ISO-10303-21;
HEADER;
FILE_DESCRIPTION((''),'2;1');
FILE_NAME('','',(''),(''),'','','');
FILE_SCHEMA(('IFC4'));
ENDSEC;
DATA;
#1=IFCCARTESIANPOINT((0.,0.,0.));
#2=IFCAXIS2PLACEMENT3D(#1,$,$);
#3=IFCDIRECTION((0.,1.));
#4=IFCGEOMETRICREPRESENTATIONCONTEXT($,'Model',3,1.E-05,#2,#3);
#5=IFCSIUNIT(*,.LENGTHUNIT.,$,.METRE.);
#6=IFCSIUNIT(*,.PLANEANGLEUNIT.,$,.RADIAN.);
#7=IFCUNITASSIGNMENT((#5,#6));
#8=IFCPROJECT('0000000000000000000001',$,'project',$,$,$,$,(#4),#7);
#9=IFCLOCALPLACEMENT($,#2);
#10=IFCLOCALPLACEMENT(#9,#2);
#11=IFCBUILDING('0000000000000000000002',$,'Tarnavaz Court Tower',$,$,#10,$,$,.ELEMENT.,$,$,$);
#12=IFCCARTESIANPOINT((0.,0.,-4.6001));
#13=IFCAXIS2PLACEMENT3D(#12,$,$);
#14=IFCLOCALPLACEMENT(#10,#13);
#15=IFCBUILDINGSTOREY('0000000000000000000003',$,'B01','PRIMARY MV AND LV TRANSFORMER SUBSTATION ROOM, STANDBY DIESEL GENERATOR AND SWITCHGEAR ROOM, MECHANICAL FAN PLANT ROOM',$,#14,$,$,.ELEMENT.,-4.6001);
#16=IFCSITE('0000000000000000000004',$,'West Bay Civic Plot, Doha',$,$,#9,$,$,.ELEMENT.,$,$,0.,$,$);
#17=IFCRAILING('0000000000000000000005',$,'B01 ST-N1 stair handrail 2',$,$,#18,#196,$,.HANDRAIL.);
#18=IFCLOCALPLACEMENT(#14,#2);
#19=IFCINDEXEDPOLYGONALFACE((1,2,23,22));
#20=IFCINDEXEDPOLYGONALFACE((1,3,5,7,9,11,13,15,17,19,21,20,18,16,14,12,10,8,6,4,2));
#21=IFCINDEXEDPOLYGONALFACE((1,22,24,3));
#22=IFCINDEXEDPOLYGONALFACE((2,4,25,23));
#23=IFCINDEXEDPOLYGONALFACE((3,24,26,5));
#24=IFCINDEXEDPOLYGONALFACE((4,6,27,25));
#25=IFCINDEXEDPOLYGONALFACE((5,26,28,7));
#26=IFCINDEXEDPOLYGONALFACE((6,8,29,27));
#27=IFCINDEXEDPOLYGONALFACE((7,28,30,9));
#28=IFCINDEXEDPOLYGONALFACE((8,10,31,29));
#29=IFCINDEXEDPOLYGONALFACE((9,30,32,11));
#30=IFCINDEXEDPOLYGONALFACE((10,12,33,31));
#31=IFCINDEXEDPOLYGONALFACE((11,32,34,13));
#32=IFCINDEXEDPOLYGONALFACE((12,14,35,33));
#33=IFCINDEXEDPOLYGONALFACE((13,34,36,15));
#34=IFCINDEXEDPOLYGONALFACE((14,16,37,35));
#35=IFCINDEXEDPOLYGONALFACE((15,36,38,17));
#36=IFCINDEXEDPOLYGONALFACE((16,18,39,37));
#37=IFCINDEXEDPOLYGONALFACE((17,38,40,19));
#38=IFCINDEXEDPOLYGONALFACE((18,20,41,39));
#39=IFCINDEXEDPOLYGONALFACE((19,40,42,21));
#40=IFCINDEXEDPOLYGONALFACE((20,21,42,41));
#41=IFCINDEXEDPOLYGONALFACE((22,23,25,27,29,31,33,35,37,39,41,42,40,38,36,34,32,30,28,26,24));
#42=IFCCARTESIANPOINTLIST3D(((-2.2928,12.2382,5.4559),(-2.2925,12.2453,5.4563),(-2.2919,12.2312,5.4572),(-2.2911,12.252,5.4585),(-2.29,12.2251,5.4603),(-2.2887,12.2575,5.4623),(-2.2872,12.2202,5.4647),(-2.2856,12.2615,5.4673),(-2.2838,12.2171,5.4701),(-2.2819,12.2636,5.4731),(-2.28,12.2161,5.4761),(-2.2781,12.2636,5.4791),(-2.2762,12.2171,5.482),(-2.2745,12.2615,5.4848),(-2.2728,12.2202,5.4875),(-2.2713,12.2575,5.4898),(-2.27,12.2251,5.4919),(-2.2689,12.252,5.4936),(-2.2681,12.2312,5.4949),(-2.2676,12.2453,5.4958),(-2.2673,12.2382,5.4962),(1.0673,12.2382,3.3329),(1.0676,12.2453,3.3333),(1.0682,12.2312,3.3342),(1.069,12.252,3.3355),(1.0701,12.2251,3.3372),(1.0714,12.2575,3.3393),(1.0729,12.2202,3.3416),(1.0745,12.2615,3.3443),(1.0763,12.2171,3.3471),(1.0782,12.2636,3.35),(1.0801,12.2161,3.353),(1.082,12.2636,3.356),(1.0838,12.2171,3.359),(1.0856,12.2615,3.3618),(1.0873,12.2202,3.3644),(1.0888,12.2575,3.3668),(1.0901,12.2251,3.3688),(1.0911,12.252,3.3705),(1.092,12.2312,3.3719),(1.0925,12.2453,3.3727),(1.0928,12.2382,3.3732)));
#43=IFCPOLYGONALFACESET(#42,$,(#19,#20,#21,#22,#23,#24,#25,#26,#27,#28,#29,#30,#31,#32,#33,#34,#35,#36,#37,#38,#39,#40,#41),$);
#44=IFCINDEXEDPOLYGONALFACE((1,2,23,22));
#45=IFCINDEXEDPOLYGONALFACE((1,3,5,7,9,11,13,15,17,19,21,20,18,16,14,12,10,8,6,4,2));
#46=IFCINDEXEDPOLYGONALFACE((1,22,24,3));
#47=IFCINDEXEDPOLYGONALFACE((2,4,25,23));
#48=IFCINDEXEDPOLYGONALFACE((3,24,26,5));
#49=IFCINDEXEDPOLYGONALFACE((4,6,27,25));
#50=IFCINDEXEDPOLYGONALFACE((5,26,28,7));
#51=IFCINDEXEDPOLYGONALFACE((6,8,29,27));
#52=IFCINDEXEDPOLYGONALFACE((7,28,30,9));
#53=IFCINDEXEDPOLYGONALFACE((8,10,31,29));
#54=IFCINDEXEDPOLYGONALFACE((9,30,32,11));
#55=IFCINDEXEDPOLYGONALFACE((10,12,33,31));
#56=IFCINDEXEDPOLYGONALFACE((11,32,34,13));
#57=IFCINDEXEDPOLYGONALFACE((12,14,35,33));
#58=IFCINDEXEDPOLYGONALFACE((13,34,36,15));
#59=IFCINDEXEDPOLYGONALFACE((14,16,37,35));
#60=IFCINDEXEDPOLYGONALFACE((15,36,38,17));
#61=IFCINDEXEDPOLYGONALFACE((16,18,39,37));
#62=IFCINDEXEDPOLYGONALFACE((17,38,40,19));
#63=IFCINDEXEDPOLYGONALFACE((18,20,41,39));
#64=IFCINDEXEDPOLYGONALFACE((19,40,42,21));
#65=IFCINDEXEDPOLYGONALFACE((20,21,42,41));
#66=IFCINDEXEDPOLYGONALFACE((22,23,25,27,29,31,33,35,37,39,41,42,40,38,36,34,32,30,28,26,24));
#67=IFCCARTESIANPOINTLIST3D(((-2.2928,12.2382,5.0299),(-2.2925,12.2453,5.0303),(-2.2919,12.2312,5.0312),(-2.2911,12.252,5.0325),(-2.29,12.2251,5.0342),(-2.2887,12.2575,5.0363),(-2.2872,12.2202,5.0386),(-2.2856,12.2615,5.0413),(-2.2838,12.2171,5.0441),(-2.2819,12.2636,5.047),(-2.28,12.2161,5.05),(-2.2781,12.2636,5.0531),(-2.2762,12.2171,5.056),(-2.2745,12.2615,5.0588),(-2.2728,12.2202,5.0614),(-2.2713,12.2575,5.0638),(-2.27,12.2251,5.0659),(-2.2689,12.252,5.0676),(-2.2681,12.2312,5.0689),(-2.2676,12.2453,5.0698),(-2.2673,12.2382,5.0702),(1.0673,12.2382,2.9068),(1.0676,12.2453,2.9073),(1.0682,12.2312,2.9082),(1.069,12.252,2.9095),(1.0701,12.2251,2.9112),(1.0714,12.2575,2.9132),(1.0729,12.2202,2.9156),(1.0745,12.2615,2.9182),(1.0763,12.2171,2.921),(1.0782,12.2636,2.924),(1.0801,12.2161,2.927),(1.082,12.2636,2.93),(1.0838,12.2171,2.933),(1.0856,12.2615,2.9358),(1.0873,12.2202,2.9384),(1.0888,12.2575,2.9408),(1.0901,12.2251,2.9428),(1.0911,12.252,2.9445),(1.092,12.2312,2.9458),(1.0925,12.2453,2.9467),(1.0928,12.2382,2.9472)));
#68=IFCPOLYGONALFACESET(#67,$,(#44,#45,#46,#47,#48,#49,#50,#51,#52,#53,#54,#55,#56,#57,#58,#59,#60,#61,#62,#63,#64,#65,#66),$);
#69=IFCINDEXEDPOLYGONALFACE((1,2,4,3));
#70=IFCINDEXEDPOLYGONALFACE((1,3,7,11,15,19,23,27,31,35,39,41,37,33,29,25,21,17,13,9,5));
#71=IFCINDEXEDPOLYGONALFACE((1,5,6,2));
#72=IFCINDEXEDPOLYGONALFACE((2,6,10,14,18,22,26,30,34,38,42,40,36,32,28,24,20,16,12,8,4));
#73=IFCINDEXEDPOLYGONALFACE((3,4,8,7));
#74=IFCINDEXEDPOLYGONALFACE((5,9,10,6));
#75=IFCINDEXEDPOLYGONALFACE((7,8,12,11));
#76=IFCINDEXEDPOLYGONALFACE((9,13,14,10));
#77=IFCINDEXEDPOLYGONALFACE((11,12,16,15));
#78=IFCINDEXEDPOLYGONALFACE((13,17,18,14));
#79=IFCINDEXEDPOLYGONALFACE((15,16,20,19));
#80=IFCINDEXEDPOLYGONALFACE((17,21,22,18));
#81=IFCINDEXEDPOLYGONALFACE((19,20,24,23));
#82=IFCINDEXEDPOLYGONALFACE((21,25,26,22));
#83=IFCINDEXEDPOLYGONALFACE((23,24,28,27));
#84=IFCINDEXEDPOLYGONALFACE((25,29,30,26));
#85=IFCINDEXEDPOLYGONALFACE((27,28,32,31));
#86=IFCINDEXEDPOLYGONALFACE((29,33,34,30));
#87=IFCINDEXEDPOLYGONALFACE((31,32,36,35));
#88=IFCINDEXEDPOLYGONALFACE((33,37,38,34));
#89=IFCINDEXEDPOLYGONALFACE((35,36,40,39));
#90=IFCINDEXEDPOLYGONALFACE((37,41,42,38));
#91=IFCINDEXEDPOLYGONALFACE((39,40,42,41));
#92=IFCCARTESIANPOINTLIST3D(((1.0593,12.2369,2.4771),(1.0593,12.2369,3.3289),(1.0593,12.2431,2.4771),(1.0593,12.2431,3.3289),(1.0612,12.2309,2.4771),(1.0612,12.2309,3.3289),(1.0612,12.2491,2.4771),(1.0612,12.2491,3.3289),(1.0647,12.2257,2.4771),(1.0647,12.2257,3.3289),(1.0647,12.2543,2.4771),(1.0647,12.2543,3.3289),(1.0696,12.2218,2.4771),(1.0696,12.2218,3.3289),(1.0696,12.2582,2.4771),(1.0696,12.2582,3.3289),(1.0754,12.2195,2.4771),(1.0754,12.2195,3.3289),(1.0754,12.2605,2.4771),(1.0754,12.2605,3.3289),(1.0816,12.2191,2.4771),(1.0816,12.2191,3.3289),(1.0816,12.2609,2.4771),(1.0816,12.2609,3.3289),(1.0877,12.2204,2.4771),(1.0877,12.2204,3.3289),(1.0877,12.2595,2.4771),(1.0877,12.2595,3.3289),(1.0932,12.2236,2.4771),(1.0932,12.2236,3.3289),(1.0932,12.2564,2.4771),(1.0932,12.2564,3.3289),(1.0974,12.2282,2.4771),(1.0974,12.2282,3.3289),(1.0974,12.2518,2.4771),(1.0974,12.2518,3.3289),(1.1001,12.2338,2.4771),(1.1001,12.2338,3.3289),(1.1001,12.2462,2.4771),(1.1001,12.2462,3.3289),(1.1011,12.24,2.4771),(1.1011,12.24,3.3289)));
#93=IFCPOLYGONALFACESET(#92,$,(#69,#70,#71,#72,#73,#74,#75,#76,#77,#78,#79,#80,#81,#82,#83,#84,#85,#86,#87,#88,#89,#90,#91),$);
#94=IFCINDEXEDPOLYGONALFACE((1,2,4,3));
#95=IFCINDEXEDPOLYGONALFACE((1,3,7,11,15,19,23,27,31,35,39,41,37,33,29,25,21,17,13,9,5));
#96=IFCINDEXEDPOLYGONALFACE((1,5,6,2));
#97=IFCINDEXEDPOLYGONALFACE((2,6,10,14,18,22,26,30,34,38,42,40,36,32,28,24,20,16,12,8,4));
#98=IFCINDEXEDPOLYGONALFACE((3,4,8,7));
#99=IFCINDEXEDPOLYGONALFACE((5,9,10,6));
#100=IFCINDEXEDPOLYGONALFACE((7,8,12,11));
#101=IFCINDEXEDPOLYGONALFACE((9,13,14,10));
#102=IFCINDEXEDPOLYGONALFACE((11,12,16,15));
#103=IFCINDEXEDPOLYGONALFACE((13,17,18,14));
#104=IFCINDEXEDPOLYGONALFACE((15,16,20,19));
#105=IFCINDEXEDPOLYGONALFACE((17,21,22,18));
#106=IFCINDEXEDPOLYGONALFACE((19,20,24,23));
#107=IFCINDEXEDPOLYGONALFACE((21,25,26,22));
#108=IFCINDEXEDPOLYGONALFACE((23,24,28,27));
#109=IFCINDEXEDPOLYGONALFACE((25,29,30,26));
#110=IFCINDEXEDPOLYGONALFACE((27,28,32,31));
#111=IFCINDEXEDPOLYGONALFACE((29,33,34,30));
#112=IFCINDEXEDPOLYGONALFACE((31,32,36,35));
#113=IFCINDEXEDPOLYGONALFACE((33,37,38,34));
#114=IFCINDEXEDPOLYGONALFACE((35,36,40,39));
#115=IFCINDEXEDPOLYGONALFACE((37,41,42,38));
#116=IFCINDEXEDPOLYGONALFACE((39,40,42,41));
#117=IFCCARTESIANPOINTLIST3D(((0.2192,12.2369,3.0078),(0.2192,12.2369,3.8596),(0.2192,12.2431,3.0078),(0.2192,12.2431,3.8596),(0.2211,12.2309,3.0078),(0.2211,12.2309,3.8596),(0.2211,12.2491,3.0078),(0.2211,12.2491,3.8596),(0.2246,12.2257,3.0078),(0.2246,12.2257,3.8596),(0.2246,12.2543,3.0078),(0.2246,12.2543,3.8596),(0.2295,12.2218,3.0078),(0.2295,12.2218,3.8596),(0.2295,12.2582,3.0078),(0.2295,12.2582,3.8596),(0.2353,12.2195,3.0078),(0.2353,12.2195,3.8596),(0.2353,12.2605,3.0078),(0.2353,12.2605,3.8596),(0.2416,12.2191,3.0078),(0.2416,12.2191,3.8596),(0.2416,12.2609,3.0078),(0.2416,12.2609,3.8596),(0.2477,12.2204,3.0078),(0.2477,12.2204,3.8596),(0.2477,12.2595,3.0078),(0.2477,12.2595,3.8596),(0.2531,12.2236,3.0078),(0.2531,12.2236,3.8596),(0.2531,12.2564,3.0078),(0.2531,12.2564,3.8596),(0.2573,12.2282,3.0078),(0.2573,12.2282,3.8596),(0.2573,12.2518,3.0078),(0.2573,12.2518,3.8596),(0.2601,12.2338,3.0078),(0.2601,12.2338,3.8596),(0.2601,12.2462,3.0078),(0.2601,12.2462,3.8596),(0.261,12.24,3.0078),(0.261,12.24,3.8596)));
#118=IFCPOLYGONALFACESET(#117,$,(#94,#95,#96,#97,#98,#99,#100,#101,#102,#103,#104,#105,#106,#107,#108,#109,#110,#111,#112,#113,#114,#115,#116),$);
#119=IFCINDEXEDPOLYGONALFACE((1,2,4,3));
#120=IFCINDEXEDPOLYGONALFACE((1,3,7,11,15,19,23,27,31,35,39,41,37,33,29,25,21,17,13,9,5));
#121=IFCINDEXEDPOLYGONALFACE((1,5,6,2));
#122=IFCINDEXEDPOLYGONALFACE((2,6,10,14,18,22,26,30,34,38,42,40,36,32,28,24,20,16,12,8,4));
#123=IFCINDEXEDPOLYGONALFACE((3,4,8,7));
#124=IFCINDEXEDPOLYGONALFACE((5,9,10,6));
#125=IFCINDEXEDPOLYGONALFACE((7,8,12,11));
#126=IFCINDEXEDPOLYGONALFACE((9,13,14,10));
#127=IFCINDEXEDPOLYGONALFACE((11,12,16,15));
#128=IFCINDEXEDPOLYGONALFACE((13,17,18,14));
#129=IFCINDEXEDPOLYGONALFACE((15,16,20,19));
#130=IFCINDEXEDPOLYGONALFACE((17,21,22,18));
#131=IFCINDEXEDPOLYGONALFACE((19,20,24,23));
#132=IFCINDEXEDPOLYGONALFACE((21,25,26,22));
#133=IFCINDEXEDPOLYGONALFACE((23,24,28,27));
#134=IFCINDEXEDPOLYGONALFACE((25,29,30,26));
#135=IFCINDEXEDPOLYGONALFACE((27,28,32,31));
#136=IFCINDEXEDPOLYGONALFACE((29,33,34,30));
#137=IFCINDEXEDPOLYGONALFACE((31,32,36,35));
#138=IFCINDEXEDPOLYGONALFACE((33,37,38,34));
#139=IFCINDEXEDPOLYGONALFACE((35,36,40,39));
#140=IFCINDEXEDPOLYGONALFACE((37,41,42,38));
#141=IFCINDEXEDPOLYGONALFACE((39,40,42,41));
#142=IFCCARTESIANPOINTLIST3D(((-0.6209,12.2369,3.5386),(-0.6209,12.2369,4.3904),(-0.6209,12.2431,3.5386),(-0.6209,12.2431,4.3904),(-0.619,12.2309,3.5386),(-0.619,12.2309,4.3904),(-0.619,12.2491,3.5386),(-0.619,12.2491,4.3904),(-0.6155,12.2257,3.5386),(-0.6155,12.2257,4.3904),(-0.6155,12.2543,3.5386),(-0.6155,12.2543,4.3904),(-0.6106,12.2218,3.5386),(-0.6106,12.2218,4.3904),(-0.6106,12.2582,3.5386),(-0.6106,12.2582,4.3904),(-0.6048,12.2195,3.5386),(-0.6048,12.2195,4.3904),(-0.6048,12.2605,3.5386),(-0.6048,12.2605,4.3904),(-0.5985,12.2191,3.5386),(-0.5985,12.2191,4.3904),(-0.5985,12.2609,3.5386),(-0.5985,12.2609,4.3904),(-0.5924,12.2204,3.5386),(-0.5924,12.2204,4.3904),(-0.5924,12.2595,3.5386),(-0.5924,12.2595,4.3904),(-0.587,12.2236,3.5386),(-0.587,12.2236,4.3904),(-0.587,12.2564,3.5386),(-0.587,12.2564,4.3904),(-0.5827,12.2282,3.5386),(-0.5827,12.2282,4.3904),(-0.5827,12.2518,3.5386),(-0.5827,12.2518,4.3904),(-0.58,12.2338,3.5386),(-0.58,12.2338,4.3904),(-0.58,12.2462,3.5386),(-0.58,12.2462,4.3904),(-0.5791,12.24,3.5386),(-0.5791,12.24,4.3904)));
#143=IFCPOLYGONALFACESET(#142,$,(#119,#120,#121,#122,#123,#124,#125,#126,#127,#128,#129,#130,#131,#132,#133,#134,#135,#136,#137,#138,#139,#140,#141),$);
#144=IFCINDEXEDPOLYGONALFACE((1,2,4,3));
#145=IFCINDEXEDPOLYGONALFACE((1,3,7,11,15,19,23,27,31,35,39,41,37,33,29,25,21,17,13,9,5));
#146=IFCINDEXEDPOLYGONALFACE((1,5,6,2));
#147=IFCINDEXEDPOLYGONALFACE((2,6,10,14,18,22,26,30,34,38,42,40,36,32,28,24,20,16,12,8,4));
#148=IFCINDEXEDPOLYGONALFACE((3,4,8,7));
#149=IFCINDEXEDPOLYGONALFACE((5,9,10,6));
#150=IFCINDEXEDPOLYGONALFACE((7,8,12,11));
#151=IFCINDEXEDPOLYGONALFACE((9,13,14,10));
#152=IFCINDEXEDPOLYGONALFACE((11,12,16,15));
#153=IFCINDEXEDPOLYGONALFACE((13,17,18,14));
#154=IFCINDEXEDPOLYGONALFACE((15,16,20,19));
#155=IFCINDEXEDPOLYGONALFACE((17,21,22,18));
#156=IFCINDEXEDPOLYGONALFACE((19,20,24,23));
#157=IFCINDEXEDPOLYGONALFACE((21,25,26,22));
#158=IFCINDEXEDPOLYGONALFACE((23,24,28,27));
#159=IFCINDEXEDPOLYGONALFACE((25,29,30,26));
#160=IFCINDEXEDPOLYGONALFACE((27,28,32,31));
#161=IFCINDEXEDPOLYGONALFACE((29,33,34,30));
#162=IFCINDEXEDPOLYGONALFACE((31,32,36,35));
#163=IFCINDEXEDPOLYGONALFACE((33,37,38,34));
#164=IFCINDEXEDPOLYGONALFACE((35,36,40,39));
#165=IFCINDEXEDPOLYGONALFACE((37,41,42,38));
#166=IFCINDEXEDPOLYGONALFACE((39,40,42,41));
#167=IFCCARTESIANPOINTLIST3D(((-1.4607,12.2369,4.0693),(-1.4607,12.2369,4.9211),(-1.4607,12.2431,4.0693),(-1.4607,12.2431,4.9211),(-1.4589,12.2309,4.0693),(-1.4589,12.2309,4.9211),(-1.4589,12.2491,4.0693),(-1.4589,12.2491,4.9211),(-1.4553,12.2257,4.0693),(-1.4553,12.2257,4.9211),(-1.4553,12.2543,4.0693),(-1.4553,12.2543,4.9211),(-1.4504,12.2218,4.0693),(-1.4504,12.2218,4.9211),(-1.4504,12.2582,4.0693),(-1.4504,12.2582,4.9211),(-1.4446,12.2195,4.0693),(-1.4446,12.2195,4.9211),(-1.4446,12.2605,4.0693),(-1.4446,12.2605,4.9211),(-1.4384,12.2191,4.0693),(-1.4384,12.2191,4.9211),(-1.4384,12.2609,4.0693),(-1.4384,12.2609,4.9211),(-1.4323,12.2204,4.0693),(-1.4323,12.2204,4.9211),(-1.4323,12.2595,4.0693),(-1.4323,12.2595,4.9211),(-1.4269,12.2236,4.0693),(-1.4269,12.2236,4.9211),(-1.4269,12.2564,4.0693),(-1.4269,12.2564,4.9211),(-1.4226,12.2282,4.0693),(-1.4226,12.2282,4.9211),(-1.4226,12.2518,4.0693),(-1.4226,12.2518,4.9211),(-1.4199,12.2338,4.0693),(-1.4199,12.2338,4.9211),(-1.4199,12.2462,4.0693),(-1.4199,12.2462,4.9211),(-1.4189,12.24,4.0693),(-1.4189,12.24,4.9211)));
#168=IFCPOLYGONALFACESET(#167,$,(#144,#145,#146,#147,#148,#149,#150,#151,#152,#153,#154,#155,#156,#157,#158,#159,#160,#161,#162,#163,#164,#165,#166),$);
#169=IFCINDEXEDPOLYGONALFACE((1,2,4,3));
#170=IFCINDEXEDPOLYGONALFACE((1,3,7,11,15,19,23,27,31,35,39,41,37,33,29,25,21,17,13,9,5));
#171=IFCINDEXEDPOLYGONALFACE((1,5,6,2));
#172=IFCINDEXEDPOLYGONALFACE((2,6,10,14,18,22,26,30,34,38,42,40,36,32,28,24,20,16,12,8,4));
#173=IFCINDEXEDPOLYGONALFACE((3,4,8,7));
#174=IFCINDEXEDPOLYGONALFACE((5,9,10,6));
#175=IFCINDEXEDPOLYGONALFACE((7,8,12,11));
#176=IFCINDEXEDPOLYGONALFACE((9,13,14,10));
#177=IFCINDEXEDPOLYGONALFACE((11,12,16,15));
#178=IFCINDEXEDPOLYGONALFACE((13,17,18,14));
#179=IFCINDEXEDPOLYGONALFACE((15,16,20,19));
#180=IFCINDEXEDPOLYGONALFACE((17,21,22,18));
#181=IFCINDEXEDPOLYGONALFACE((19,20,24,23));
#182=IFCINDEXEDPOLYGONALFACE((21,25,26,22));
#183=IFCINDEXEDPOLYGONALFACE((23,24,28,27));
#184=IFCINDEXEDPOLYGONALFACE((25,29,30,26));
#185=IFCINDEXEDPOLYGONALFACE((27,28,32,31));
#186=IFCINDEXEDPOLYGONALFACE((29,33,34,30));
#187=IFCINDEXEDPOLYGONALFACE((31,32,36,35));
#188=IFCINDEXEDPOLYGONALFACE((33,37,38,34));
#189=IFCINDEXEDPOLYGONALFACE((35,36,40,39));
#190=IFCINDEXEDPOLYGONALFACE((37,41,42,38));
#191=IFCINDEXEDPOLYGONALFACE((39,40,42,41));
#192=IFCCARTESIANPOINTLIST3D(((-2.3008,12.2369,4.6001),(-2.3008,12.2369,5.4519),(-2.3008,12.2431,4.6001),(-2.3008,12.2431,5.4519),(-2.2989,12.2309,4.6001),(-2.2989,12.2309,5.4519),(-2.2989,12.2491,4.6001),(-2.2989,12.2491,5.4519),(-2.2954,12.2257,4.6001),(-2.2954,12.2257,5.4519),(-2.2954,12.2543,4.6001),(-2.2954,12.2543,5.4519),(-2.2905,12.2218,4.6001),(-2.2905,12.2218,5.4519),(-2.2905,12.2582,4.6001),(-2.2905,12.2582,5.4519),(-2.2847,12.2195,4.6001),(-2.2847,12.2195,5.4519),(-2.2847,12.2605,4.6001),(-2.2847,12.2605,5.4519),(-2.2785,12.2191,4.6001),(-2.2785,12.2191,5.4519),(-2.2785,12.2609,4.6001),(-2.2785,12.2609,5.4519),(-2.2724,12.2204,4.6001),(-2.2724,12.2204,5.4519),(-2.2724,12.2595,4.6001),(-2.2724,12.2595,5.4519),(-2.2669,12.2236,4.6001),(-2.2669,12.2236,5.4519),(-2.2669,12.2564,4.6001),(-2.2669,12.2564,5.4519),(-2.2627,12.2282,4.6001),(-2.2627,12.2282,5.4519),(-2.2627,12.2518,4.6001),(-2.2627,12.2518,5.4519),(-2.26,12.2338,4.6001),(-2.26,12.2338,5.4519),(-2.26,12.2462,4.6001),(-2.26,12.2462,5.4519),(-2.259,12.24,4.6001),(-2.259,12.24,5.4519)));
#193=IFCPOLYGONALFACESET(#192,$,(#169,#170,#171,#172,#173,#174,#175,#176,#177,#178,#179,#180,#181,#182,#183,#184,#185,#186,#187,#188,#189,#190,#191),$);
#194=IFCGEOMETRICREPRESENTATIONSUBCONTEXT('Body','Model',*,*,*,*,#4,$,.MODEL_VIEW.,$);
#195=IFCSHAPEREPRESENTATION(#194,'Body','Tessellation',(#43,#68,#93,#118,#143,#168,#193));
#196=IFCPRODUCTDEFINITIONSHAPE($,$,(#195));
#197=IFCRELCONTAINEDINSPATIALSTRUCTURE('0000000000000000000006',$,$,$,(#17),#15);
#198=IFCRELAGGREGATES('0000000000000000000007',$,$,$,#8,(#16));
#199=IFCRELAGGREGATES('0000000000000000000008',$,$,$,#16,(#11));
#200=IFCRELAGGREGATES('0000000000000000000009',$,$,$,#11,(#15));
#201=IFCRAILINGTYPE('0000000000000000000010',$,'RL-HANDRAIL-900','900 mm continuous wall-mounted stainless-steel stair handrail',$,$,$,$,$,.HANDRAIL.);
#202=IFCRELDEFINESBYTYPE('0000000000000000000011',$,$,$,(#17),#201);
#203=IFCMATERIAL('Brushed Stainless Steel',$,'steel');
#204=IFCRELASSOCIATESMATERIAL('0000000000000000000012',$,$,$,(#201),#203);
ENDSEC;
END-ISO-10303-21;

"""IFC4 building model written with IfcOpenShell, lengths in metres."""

from ifc_helpers import new_model, si_unit, direction, frame, origin, origin_2d, place, context, subcontext, project, spatial, circle, extrude, material, type_object, element, save


model = new_model("IFC4")

# Units and contexts
model_context = context("Model", 3, precision=1e-05, world=origin(), true_north=direction((0.0, 1.0)))
body_context = subcontext(model_context, "Body", "Model", "MODEL_VIEW")
ifc_project = project(units=[si_unit("LENGTHUNIT", "METRE"), si_unit("PLANEANGLEUNIT", "RADIAN")], contexts=[model_context])

# Site, building, storey
site_placement = place(None, origin())
site = spatial("IfcSite", under=ifc_project, at=site_placement, Name="West Bay Civic Plot, Doha", CompositionType="ELEMENT", RefElevation=0.0)
building_placement = place(site_placement, origin())
building = spatial("IfcBuilding", under=site, at=building_placement, Name="Tarnavaz Court Tower", CompositionType="ELEMENT")
storey_placement = place(building_placement, frame((0.0, 0.0, -4.6001)))
storey = spatial("IfcBuildingStorey", under=building, at=storey_placement, Name="B01", Description="PRIMARY MV AND LV TRANSFORMER SUBSTATION ROOM, STANDBY DIESEL GENERATOR AND SWITCHGEAR ROOM, MECHANICAL FAN PLANT ROOM", CompositionType="ELEMENT", Elevation=-4.6001)

# Railing
ifc_material_1 = material(Name="Brushed Stainless Steel", Category="steel")
railing_type_1 = type_object("IfcRailingType", Name="RL-HANDRAIL-900", Description="900 mm continuous wall-mounted stainless-steel stair handrail", PredefinedType="HANDRAIL", material=ifc_material_1)
railing_1_placement = place(storey_placement, frame((1.0801, 12.24, 2.4771)))
element("IfcRailing", 1, at=railing_1_placement, inside=storey, type_object=railing_type_1, Name="B01 ST-N1 stair handrail 2", PredefinedType="HANDRAIL", context=body_context, shape_type="SweptSolid", body=[
    extrude(circle(Radius=0.0239, at=origin_2d()), frame((0.0, 0.0, 0.876), z_axis=(-0.84539, 0.0, 0.53415), x_axis=(0.0, -1.0, 0.0)), (0.0, 0.0, 1.0), 3.9746),
    extrude(circle(Radius=0.0239, at=origin_2d()), frame((0.0, 0.0, 0.45), z_axis=(-0.84539, 0.0, 0.53415), x_axis=(0.0, -1.0, 0.0)), (0.0, 0.0, 1.0), 3.9746),
    extrude(circle(Radius=0.021, at=origin_2d()), origin(), (0.0, 0.0, 1.0), 0.8518),
    extrude(circle(Radius=0.021, at=origin_2d()), frame((-0.8401, 0.0, 0.5308)), (0.0, 0.0, 1.0), 0.8518),
    extrude(circle(Radius=0.021, at=origin_2d()), frame((-1.6802, 0.0, 1.0615)), (0.0, 0.0, 1.0), 0.8518),
    extrude(circle(Radius=0.021, at=origin_2d()), frame((-2.52, 0.0, 1.5923)), (0.0, 0.0, 1.0), 0.8518),
    extrude(circle(Radius=0.021, at=origin_2d()), frame((-3.3601, 0.0, 2.123)), (0.0, 0.0, 1.0), 0.8518),
])

save(model, "model.ifc")
